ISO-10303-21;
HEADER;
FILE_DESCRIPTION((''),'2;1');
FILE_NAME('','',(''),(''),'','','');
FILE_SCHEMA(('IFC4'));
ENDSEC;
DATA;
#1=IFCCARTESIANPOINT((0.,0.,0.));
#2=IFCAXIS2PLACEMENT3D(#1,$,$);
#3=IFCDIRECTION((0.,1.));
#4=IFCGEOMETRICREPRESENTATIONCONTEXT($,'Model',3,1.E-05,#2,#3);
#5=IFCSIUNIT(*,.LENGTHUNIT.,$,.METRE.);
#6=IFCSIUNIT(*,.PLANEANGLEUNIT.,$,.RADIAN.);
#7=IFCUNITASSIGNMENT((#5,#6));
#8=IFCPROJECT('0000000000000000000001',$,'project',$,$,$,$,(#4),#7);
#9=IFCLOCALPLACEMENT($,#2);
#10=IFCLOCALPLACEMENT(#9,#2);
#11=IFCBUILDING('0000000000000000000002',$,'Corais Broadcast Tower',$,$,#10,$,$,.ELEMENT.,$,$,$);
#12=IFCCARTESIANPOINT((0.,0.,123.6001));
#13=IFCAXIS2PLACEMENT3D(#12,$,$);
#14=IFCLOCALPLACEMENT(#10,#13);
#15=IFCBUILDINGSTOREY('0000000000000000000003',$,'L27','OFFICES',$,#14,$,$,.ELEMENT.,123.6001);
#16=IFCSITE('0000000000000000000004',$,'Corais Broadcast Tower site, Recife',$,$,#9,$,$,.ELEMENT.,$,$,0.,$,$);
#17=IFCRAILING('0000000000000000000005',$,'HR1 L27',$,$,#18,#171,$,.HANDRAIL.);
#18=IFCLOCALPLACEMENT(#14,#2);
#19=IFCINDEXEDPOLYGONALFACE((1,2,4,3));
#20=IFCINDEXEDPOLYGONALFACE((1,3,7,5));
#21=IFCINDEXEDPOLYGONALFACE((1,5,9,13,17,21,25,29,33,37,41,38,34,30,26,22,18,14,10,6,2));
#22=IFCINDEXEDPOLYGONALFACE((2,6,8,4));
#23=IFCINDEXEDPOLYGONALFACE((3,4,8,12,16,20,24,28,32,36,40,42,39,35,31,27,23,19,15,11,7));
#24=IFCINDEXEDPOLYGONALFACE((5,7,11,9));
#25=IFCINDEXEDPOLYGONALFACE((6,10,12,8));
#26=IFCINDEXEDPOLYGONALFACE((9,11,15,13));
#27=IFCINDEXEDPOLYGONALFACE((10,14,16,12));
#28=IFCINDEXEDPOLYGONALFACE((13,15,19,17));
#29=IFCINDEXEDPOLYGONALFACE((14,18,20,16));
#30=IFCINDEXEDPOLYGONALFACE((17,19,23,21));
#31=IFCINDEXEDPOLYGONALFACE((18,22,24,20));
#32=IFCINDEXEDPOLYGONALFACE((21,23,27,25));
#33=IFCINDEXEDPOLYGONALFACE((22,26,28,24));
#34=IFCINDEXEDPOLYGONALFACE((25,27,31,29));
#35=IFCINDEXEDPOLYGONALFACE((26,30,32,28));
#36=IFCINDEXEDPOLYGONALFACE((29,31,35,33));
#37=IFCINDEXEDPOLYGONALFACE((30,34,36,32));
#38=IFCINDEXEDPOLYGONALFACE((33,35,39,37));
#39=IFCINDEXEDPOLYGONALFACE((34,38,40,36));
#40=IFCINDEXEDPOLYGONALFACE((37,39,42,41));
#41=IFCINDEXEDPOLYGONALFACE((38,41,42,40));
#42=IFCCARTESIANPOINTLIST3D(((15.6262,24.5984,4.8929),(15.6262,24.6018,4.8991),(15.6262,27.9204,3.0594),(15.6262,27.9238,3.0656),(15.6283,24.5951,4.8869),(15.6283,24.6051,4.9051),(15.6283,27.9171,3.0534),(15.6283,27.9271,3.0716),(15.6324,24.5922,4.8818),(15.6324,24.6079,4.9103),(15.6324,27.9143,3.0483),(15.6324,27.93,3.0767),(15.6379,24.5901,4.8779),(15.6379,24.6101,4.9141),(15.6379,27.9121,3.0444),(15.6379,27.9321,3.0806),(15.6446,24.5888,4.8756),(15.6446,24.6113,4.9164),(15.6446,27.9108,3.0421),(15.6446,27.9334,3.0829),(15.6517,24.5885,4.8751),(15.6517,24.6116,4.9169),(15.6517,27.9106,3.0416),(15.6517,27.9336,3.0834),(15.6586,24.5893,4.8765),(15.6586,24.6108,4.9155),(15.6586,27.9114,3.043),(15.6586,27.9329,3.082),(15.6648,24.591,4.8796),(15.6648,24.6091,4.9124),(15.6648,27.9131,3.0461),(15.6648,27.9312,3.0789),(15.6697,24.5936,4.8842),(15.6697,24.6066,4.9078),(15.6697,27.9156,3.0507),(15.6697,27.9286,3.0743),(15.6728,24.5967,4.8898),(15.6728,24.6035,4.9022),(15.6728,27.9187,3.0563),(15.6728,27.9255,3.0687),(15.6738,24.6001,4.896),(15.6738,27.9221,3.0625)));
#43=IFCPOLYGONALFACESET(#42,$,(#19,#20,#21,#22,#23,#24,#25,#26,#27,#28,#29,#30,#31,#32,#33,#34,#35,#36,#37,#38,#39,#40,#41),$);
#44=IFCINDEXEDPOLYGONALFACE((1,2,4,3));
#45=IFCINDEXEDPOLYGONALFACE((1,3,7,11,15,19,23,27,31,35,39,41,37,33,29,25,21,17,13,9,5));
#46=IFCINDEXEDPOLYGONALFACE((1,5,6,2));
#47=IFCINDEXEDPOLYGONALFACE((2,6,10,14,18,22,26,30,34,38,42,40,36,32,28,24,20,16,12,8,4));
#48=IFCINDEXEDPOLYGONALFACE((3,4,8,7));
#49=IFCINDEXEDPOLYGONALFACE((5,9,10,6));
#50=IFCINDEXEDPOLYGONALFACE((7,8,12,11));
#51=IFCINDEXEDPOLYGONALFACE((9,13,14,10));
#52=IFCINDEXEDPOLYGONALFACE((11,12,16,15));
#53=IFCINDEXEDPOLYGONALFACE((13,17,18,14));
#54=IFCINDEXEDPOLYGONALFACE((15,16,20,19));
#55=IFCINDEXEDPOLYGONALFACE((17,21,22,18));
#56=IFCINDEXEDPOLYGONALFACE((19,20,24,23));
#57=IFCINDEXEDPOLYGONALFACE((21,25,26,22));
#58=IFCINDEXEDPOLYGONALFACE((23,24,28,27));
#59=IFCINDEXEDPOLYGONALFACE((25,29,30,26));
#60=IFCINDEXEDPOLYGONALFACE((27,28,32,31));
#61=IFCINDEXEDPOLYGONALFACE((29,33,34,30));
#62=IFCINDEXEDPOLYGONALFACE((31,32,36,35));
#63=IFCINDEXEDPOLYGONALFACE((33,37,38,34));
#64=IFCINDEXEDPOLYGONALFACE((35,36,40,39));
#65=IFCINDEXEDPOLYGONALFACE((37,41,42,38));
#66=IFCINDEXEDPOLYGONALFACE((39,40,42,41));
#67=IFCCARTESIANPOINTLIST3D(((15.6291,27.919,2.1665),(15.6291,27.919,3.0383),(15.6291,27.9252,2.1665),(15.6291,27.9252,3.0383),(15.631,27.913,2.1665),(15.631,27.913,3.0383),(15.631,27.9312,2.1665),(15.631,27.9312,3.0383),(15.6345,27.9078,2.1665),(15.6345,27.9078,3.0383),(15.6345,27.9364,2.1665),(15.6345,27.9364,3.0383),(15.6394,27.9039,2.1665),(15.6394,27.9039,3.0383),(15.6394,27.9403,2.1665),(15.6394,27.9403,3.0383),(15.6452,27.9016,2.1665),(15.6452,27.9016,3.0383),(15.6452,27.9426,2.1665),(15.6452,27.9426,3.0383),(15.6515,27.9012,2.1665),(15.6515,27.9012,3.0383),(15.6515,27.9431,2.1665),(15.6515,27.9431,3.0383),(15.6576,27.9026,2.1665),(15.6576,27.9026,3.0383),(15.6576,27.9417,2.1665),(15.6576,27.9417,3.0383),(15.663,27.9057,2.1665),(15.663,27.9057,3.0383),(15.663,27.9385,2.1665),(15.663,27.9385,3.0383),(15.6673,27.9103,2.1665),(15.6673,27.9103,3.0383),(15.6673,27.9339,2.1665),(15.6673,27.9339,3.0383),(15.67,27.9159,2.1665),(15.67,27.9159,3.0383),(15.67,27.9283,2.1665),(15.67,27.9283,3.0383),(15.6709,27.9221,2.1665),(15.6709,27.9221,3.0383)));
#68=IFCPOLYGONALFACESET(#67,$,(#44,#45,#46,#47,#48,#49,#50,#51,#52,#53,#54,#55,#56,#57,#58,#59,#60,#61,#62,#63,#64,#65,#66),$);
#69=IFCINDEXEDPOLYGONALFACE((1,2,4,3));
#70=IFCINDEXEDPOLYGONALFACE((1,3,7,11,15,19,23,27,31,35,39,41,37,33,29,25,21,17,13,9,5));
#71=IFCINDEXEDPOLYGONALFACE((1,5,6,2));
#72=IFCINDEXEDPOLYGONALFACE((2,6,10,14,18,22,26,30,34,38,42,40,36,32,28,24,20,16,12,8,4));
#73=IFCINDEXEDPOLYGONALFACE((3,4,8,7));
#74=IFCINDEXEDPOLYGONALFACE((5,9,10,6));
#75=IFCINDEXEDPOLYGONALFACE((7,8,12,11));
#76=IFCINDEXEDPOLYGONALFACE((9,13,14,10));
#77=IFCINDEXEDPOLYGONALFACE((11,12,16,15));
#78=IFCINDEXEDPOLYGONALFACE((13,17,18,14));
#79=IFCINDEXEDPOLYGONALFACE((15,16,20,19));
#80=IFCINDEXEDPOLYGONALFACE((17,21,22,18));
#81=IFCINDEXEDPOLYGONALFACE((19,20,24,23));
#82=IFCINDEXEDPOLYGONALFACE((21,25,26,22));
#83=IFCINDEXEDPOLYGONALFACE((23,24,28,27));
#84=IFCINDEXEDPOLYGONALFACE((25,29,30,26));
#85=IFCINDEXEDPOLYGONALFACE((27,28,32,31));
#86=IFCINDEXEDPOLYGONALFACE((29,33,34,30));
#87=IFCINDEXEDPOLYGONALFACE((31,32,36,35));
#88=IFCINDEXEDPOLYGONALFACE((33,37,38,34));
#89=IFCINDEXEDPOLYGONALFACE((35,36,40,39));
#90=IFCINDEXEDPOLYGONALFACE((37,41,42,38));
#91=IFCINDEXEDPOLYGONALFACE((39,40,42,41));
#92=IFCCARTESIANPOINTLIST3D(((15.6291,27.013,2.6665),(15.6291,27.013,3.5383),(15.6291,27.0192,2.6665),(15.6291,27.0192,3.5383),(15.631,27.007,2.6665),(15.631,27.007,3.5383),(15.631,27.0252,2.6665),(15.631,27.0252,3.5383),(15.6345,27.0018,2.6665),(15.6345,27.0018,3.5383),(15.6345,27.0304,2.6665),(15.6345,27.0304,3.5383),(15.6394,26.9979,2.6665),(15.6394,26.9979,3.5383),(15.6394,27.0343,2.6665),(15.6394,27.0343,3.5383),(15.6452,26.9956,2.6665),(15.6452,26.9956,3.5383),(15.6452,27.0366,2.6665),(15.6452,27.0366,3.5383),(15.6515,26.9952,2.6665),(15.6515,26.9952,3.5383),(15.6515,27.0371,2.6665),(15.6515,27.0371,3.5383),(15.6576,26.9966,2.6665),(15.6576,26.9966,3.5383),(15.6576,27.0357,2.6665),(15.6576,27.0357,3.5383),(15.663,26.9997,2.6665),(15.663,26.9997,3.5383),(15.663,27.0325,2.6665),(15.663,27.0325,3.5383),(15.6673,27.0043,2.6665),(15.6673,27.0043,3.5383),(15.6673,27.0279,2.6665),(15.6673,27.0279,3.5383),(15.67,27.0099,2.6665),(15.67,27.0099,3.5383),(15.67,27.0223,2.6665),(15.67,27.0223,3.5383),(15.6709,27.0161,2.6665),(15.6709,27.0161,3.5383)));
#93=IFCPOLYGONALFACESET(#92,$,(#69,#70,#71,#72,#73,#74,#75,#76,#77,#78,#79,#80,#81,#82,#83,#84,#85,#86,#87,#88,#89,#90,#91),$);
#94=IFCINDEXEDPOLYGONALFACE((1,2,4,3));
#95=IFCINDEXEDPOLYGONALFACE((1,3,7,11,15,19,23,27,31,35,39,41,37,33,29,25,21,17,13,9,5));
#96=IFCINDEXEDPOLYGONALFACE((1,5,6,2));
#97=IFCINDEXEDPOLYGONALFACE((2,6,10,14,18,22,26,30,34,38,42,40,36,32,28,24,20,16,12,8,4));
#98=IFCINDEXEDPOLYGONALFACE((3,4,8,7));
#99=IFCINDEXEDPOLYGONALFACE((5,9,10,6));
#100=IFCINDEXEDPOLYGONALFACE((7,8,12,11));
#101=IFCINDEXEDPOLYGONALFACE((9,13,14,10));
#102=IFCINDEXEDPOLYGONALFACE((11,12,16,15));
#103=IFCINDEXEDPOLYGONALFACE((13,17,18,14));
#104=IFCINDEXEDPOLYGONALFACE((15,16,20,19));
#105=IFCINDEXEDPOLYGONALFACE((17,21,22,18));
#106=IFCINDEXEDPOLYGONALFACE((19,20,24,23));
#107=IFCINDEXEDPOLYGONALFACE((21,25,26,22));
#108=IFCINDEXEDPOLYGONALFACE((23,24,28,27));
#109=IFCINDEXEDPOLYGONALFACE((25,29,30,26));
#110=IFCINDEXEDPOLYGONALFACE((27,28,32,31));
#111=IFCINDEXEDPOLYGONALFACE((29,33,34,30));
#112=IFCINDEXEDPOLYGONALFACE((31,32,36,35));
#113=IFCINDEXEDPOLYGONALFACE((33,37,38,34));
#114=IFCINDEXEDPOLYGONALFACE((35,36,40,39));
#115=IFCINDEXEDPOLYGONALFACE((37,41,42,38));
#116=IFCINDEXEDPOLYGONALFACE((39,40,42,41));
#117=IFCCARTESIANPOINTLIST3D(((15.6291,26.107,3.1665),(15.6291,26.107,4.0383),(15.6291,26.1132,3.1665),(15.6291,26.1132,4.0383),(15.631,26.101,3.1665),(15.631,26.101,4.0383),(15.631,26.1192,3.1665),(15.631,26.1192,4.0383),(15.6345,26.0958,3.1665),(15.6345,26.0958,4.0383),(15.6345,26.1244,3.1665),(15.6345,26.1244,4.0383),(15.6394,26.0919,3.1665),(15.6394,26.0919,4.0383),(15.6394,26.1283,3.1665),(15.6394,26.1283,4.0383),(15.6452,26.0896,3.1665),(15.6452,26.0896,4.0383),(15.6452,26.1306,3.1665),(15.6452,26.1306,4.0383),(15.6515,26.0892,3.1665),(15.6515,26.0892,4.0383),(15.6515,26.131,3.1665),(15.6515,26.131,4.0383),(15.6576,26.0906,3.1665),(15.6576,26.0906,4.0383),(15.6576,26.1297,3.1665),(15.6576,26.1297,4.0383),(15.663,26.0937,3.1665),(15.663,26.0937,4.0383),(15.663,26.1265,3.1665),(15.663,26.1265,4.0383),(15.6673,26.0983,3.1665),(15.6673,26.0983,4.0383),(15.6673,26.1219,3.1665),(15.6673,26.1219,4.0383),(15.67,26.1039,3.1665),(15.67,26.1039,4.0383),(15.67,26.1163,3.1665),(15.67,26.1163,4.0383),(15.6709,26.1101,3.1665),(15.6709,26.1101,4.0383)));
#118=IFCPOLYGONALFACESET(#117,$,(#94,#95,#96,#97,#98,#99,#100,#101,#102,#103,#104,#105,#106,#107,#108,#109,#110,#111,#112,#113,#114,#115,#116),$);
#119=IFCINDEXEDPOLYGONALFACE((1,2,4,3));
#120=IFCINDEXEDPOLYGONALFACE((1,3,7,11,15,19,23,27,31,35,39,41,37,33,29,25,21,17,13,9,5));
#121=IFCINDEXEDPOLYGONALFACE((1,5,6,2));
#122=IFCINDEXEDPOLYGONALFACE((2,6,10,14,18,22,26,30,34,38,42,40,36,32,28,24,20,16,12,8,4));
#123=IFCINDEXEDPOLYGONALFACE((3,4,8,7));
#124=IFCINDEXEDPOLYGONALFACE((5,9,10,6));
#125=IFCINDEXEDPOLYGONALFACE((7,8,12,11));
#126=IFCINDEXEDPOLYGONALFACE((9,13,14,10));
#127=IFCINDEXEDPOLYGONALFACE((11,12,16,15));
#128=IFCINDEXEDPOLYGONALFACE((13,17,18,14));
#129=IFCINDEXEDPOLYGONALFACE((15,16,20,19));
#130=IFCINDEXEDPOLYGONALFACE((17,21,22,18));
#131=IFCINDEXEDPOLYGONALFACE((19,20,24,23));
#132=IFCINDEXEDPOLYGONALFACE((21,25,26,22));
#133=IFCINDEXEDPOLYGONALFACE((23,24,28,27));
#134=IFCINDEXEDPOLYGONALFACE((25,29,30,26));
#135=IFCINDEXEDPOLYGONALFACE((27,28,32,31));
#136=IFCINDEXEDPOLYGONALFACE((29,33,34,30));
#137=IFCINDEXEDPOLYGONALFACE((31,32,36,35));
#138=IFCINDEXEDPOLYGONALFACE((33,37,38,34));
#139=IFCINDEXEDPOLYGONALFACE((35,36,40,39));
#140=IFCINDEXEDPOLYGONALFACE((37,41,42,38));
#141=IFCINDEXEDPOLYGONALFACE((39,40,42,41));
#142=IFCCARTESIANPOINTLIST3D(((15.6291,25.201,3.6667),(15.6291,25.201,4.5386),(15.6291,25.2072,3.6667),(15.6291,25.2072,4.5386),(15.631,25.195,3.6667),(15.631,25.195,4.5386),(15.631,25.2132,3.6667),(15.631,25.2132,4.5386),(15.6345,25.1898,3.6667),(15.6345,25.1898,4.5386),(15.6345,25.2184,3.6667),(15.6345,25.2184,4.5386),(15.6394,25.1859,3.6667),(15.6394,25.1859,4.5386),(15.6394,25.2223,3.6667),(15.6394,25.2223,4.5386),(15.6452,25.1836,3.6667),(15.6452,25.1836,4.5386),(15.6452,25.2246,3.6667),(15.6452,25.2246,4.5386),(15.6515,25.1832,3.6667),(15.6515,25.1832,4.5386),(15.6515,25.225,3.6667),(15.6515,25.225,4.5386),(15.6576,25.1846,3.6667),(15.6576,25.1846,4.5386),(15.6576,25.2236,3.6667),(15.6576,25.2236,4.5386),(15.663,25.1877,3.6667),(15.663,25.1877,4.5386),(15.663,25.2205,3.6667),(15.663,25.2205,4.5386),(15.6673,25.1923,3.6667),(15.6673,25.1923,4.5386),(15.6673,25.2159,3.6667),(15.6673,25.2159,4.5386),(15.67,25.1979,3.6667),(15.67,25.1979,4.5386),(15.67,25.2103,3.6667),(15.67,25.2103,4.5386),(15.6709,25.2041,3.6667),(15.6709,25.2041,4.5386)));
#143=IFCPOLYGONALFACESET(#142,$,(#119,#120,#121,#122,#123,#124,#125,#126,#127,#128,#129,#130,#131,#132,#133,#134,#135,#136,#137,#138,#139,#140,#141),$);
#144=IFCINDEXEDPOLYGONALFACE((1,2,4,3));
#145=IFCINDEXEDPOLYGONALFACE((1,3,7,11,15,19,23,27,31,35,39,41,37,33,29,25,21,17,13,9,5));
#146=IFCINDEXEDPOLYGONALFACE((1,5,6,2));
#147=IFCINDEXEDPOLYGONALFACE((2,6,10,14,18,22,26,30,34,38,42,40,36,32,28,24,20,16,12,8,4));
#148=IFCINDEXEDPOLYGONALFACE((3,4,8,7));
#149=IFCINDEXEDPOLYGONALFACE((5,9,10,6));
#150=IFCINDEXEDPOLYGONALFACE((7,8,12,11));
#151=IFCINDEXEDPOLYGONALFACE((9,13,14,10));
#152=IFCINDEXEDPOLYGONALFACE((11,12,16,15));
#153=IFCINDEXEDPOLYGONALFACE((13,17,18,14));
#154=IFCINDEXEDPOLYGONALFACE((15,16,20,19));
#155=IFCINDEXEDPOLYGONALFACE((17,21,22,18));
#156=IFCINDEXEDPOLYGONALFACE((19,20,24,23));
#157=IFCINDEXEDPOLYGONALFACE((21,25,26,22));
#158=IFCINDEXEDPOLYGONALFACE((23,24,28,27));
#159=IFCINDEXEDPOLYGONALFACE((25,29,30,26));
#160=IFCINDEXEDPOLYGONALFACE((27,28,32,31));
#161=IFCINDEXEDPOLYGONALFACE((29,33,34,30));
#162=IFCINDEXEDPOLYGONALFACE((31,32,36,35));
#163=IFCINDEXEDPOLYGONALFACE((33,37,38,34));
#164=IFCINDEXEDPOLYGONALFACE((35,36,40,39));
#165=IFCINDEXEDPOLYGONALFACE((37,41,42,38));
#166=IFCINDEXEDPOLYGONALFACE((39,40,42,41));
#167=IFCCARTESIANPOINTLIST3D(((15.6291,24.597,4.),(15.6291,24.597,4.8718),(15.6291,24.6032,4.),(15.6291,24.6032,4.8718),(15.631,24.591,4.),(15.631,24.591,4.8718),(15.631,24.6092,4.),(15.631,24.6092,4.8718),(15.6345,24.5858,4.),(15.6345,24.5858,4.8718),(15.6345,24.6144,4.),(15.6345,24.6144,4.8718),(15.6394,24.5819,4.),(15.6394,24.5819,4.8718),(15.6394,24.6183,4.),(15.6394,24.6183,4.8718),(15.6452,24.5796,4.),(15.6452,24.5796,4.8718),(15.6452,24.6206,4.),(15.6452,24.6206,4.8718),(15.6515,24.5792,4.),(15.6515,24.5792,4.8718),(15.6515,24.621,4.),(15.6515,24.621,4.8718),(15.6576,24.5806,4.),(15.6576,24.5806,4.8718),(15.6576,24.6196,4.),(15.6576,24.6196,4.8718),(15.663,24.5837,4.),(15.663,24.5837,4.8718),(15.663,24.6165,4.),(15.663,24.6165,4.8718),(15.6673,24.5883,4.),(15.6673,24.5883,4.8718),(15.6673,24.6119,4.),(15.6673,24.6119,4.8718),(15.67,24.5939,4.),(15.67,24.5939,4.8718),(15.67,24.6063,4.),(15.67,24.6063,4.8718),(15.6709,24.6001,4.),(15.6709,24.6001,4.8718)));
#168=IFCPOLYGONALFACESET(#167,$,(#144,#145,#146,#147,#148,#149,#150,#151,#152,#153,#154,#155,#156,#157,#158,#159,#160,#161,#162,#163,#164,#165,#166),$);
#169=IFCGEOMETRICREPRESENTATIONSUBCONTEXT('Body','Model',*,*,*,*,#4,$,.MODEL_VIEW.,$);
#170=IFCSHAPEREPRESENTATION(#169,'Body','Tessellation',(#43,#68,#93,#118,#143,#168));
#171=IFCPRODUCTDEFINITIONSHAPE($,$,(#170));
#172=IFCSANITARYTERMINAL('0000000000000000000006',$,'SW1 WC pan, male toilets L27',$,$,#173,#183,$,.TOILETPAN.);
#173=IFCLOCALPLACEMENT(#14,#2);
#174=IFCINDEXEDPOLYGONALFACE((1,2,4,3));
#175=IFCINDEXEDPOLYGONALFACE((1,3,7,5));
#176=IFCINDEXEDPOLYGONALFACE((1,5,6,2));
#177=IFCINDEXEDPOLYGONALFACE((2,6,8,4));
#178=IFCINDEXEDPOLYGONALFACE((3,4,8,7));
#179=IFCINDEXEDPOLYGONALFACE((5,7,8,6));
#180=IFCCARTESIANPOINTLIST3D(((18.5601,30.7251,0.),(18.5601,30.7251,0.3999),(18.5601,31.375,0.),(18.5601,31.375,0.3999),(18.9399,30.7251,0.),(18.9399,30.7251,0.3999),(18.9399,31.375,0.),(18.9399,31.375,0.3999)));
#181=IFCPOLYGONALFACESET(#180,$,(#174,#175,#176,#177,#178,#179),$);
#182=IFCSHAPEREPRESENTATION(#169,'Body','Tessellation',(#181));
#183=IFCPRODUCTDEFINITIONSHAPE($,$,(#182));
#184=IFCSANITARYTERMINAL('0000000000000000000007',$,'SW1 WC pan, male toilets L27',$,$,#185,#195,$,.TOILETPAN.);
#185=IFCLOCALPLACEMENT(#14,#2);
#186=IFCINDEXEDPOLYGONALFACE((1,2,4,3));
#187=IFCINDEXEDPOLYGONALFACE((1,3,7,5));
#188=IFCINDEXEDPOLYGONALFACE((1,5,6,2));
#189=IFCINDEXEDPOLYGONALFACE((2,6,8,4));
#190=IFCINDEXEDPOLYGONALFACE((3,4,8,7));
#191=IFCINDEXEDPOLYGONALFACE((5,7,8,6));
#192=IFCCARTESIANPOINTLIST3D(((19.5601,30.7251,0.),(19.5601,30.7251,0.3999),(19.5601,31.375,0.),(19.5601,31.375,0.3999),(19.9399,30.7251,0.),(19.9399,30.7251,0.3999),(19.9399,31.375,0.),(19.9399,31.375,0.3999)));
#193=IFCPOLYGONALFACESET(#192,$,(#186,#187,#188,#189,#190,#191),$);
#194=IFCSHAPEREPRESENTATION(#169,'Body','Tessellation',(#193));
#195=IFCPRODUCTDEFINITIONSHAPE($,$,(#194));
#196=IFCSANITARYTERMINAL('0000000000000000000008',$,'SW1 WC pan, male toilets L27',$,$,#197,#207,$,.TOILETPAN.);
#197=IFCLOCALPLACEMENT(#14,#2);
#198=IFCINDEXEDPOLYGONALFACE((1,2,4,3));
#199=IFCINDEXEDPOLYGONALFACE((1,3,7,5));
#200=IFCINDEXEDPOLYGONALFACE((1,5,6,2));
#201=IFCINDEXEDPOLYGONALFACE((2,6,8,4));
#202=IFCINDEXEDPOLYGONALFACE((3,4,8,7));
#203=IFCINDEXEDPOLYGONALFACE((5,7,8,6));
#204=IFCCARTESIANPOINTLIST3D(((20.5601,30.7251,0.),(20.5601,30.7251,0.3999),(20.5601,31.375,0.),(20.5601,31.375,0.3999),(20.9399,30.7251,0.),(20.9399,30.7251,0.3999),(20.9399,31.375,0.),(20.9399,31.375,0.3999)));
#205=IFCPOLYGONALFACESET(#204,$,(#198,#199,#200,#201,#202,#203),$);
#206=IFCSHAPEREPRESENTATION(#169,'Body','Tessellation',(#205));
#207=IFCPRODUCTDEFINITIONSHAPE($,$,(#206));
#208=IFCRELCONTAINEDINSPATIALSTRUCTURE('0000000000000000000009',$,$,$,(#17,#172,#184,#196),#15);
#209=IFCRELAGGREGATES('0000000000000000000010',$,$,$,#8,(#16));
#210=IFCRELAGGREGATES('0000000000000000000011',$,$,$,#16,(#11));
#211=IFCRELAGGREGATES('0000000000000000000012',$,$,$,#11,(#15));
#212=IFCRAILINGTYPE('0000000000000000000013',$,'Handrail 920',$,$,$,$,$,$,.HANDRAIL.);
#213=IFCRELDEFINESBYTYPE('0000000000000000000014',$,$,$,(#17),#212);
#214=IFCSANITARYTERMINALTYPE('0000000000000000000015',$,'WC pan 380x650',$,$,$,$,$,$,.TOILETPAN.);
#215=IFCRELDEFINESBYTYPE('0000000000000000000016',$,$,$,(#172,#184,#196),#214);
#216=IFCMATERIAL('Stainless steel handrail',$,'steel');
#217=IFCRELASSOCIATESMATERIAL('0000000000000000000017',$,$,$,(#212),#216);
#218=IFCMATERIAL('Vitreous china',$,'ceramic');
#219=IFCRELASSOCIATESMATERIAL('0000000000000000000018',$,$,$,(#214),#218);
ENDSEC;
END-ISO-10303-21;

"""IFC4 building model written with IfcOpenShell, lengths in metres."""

from ifc_helpers import new_model, si_unit, direction, frame, origin, origin_2d, place, context, subcontext, project, spatial, rectangle, circle, extrude, material, type_object, element, save


model = new_model("IFC4")

# Units and contexts
model_context = context("Model", 3, precision=1e-05, world=origin(), true_north=direction((0.0, 1.0)))
body_context = subcontext(model_context, "Body", "Model", "MODEL_VIEW")
ifc_project = project(units=[si_unit("LENGTHUNIT", "METRE"), si_unit("PLANEANGLEUNIT", "RADIAN")], contexts=[model_context])

# Site, building, storey
site_placement = place(None, origin())
site = spatial("IfcSite", under=ifc_project, at=site_placement, Name="Corais Broadcast Tower site, Recife", CompositionType="ELEMENT", RefElevation=0.0)
building_placement = place(site_placement, origin())
building = spatial("IfcBuilding", under=site, at=building_placement, Name="Corais Broadcast Tower", CompositionType="ELEMENT")
storey_placement = place(building_placement, frame((0.0, 0.0, 123.6001)))
storey = spatial("IfcBuildingStorey", under=building, at=storey_placement, Name="L27", Description="OFFICES", CompositionType="ELEMENT", Elevation=123.6001)

# Railing
ifc_material_1 = material(Name="Stainless steel handrail", Category="steel")
railing_type = type_object("IfcRailingType", Name="Handrail 920", PredefinedType="HANDRAIL", material=ifc_material_1)
for number, where, name in (
    (1, (15.6499, 27.9221, 2.1665), "HR1 L27"),
):
    element("IfcRailing", number, at=place(storey_placement, frame(where)), inside=storey, type_object=railing_type, Name=name, PredefinedType="HANDRAIL", context=body_context, shape_type="SweptSolid", body=[
        extrude(circle(Radius=0.0239, at=origin_2d()), frame((0.0, 0.0, 0.896), z_axis=(0.0, -0.875504, 0.48321), x_axis=(1.0, 0.0, 0.0)), (0.0, 0.0, 1.0), 3.7944),
        extrude(circle(Radius=0.021, at=origin_2d()), origin(), (0.0, 0.0, 1.0), 0.8718),
        extrude(circle(Radius=0.021, at=origin_2d()), frame((0.0, -0.906, 0.5)), (0.0, 0.0, 1.0), 0.8718),
        extrude(circle(Radius=0.021, at=origin_2d()), frame((0.0, -1.812, 1.0)), (0.0, 0.0, 1.0), 0.8718),
        extrude(circle(Radius=0.021, at=origin_2d()), frame((0.0, -2.718, 1.5002)), (0.0, 0.0, 1.0), 0.8718),
        extrude(circle(Radius=0.021, at=origin_2d()), frame((0.0, -3.322, 1.8335)), (0.0, 0.0, 1.0), 0.8718),
    ])

# Sanitary terminals
ifc_material_2 = material(Name="Vitreous china", Category="ceramic")
sanitary_terminal_type = type_object("IfcSanitaryTerminalType", Name="WC pan 380x650", PredefinedType="TOILETPAN", material=ifc_material_2)
for number, where, z_axis, x_axis, name in (
    (2, (18.75, 31.05, 0.0), (0.0, 0.0, 1.0), (1.0, 0.0, 0.0), "SW1 WC pan, male toilets L27"),
    (3, (19.75, 31.05, 0.0), (0.0, 0.0, 1.0), (1.0, 0.0, 0.0), "SW1 WC pan, male toilets L27"),
    (4, (20.75, 31.05, 0.0), (0.0, 0.0, 1.0), (1.0, 0.0, 0.0), "SW1 WC pan, male toilets L27"),
):
    element("IfcSanitaryTerminal", number, at=place(storey_placement, frame(where, z_axis=z_axis, x_axis=x_axis)), inside=storey, type_object=sanitary_terminal_type, Name=name, PredefinedType="TOILETPAN", context=body_context, shape_type="SweptSolid", body=[
        extrude(rectangle(XDim=0.3799, YDim=0.6499, at=origin_2d()), origin(), (0.0, 0.0, 1.0), 0.3999),
    ])

save(model, "model.ifc")
